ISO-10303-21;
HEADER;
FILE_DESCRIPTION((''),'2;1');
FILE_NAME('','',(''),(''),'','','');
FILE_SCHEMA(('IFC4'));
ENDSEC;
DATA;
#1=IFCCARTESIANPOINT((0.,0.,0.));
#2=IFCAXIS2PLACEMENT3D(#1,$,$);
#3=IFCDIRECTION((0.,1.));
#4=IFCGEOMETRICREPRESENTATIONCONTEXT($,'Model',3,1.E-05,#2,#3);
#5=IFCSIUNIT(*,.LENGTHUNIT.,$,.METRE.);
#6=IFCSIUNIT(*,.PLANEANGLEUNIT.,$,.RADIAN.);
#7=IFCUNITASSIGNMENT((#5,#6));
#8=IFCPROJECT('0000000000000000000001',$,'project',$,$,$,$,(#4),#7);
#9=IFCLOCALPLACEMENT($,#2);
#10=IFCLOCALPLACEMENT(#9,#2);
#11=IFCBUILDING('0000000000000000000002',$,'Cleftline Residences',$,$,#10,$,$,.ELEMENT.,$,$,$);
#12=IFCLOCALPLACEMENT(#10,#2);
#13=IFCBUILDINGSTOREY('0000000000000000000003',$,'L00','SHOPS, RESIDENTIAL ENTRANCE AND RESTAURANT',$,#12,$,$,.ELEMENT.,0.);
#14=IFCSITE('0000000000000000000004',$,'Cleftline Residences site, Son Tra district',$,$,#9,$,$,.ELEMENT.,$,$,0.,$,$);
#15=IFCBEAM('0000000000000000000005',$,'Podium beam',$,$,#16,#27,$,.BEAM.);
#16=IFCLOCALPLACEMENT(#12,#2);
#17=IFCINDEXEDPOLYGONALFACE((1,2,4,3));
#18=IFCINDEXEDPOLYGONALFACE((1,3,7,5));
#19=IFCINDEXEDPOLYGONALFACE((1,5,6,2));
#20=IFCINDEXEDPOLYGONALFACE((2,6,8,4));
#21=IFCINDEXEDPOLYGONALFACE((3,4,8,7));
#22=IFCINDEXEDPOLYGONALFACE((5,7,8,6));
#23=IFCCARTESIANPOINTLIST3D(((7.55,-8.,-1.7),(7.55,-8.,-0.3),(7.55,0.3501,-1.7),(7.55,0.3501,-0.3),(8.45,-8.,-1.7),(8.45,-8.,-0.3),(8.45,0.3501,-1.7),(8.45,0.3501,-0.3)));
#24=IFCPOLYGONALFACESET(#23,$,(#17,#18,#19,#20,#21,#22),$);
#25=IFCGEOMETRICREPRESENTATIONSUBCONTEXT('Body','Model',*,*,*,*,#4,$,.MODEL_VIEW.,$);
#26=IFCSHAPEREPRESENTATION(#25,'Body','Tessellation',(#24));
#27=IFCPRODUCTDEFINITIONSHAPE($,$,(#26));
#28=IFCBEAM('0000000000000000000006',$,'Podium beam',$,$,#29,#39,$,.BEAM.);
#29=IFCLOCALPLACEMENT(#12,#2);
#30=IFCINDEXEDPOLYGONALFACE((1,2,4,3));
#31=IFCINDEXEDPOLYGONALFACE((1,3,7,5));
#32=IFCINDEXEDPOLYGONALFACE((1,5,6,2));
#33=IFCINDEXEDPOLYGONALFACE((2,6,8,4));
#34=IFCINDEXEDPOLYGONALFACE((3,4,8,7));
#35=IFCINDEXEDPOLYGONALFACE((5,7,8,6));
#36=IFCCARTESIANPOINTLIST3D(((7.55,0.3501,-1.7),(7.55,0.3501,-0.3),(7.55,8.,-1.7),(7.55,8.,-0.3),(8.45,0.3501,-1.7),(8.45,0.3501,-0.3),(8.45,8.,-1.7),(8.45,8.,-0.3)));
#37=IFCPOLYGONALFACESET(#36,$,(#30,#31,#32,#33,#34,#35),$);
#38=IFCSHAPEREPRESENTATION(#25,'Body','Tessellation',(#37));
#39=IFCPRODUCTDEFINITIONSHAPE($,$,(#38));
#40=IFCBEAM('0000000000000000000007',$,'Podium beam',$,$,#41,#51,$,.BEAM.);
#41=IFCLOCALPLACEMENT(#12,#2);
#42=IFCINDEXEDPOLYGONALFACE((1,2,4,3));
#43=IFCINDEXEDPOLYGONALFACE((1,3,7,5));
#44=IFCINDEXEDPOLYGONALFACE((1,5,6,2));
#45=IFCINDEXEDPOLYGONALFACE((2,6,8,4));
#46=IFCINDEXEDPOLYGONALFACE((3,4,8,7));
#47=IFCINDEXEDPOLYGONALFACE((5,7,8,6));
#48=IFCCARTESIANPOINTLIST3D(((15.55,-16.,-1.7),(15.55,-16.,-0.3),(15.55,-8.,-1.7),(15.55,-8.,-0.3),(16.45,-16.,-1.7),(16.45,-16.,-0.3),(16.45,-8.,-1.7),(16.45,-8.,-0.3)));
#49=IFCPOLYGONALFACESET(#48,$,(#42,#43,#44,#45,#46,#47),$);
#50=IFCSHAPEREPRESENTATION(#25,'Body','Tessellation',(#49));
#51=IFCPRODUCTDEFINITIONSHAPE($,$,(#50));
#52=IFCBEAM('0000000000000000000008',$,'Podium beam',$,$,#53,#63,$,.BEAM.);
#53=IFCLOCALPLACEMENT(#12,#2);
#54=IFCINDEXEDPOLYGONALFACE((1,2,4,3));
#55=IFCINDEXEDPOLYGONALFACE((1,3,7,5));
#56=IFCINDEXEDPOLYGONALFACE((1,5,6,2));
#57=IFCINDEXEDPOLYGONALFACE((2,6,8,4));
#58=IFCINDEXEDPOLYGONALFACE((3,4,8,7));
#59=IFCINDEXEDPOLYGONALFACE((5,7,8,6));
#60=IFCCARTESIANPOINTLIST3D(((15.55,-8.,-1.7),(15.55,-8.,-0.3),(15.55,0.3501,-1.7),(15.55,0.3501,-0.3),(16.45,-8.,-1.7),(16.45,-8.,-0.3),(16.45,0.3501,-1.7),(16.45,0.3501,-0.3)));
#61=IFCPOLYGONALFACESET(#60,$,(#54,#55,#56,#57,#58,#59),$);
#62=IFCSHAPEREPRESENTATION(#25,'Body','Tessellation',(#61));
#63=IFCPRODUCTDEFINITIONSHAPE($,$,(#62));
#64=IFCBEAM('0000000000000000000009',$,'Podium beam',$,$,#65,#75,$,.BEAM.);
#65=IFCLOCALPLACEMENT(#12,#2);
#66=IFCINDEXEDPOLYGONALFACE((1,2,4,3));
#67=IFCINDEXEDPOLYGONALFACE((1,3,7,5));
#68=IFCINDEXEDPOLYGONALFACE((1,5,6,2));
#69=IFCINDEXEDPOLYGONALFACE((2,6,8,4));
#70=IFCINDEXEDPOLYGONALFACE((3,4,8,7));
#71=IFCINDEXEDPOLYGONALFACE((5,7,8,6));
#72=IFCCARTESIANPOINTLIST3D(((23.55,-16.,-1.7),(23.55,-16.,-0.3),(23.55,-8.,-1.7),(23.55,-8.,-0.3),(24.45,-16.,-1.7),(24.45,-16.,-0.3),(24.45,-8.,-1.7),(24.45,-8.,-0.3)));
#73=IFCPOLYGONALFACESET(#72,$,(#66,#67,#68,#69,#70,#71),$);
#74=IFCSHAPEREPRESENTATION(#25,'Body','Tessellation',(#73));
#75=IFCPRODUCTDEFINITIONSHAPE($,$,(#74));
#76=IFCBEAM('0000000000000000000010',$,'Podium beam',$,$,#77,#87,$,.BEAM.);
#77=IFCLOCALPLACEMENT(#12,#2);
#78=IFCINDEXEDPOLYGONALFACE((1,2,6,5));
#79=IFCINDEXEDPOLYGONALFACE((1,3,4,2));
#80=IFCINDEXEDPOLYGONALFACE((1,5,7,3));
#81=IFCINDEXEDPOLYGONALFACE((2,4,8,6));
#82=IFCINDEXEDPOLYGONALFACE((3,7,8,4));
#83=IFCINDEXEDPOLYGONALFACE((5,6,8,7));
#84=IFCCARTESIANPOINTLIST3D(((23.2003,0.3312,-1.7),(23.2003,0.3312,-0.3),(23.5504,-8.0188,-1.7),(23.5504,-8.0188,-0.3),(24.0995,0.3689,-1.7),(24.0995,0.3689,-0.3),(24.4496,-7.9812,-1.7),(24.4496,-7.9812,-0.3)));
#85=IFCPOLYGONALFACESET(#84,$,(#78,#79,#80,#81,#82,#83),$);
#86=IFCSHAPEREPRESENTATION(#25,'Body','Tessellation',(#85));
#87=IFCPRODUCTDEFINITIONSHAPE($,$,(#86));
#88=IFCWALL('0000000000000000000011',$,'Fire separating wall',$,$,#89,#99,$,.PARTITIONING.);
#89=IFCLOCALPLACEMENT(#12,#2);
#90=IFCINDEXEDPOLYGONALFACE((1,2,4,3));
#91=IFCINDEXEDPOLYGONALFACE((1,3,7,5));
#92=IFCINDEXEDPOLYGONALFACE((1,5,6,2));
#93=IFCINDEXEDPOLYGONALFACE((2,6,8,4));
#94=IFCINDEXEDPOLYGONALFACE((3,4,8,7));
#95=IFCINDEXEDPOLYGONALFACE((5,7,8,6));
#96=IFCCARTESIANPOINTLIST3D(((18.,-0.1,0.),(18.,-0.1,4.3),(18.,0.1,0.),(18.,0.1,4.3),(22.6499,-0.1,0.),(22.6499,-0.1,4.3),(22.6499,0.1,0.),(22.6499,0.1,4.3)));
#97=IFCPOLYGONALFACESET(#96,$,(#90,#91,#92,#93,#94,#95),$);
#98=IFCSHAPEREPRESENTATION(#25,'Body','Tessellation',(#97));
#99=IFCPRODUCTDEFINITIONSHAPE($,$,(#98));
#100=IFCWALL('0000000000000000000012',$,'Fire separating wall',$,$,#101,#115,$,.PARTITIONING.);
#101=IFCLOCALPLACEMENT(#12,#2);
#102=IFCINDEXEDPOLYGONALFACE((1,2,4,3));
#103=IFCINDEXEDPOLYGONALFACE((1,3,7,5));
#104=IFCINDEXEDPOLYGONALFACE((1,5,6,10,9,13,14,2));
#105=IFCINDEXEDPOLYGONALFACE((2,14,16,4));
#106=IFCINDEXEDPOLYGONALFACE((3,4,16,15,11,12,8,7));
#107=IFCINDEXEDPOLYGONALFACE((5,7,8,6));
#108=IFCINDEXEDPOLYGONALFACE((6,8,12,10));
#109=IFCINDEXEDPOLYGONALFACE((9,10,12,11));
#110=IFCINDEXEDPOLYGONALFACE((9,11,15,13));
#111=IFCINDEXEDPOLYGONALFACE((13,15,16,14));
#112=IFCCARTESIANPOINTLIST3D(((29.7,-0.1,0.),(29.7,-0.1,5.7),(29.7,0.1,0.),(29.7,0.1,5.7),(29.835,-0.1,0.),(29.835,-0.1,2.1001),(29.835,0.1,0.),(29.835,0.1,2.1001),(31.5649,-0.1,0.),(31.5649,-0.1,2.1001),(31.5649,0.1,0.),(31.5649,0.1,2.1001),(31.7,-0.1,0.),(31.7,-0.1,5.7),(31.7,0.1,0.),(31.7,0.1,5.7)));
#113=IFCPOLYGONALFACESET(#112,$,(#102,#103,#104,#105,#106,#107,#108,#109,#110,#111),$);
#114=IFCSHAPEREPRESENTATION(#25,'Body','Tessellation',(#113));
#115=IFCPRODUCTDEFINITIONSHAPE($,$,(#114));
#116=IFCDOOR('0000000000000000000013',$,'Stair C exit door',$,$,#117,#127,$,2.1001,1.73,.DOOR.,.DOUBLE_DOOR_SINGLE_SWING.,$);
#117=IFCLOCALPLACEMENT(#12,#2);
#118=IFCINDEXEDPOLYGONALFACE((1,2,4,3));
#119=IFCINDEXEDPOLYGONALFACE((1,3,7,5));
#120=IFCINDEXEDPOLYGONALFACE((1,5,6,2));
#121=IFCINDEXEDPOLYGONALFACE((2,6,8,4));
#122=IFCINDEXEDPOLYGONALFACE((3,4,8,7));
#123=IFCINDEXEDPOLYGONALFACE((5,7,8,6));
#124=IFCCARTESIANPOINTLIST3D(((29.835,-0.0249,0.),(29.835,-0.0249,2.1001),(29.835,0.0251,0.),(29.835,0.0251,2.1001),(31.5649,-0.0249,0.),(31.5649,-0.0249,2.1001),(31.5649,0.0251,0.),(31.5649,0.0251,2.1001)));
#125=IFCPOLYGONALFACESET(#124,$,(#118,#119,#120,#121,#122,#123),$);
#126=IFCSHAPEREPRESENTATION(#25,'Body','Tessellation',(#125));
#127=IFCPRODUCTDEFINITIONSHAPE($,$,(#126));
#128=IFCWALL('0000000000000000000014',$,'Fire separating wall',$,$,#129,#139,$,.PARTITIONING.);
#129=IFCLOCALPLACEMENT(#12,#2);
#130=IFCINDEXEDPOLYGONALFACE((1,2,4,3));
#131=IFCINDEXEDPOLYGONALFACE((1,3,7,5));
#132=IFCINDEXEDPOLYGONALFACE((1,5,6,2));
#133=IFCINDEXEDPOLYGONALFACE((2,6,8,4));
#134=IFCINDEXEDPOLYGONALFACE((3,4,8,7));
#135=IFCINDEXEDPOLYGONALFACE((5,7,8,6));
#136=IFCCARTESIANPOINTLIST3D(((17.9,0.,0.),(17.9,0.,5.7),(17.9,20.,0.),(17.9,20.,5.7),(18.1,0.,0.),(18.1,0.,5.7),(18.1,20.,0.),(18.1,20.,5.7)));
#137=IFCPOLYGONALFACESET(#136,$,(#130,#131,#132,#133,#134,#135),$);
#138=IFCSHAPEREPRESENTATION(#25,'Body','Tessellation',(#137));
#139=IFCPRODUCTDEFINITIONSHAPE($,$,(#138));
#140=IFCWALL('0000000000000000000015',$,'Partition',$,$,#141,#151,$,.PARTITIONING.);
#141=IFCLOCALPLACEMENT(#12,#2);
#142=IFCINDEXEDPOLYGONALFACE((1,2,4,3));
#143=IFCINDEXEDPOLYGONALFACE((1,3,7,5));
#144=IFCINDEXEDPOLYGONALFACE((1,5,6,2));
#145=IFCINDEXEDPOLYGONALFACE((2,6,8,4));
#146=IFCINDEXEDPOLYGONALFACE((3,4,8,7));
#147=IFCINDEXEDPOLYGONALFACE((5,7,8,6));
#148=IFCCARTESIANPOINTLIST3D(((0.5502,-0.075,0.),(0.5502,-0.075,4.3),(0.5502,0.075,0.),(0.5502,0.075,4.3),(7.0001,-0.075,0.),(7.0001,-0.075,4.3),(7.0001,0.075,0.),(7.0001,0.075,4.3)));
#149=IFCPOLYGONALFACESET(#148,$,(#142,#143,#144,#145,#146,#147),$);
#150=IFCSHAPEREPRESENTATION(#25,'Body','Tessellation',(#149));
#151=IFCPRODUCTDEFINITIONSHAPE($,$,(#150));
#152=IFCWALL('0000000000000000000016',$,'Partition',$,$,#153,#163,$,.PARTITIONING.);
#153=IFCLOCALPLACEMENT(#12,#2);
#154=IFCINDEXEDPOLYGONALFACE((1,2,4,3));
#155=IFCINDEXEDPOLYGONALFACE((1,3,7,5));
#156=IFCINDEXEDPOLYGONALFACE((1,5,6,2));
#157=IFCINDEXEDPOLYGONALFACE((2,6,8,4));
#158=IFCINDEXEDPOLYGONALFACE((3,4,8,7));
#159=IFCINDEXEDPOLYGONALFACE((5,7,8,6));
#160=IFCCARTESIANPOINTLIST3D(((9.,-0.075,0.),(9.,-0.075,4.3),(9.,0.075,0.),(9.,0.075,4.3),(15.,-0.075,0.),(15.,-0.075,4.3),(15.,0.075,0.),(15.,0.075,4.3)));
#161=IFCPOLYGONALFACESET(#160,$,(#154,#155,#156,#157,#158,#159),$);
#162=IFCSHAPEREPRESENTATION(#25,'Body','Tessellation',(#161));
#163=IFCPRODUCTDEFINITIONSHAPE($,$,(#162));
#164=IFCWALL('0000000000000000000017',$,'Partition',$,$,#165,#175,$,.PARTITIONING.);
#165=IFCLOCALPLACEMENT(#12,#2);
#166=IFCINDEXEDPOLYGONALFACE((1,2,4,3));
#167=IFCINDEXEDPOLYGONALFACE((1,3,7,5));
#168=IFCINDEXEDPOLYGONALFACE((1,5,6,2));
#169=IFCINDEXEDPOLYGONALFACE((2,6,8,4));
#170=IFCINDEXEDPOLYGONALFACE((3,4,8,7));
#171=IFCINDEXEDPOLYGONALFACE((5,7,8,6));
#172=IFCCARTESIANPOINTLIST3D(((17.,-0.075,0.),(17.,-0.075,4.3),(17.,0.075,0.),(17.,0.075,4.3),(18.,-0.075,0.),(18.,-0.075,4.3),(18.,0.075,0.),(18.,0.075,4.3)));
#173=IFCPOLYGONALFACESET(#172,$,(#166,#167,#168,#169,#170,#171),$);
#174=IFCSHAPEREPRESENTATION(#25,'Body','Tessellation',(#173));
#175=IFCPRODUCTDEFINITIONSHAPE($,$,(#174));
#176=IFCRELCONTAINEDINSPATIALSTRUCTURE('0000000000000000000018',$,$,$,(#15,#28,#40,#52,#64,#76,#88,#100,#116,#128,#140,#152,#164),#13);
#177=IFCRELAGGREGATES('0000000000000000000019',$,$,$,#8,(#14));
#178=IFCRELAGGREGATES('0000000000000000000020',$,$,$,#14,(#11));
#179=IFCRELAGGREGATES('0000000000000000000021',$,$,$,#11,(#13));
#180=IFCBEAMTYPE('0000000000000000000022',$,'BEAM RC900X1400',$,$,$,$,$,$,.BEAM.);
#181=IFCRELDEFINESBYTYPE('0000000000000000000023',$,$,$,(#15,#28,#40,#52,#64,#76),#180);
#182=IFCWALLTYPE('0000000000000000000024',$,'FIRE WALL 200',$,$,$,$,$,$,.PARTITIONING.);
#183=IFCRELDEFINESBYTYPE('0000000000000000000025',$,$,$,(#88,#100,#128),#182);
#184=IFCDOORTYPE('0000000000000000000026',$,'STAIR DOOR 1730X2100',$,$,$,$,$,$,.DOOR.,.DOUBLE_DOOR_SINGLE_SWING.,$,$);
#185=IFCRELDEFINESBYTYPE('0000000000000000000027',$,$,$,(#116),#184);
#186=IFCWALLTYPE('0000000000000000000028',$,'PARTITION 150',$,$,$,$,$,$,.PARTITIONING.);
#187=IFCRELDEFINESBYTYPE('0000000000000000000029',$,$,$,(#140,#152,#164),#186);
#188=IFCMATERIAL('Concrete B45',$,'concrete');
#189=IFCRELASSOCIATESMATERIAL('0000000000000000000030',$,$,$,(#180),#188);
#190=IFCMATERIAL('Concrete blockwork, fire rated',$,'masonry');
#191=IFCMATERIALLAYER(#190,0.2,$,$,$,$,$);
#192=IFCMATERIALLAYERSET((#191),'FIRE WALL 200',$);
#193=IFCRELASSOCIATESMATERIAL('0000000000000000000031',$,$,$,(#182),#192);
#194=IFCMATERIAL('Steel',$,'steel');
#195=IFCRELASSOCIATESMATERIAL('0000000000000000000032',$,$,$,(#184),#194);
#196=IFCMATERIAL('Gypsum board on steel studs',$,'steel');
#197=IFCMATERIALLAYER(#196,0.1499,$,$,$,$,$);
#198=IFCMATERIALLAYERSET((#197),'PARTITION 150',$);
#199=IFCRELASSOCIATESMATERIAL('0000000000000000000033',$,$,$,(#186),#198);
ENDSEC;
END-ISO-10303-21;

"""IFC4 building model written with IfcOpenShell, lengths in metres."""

from ifc_helpers import new_model, si_unit, direction, frame, frame_2d, origin, origin_2d, place, context, subcontext, project, spatial, rectangle, extrude, material, layer, layer_set, material_profile, profile_set, type_object, element, fill, save


model = new_model("IFC4")

# Units and contexts
model_context = context("Model", 3, precision=1e-05, world=origin(), true_north=direction((0.0, 1.0)))
body_context = subcontext(model_context, "Body", "Model", "MODEL_VIEW")
ifc_project = project(units=[si_unit("LENGTHUNIT", "METRE"), si_unit("PLANEANGLEUNIT", "RADIAN")], contexts=[model_context])

# Site, building, storey
site_placement = place(None, origin())
site = spatial("IfcSite", under=ifc_project, at=site_placement, Name="Cleftline Residences site, Son Tra district", CompositionType="ELEMENT", RefElevation=0.0)
building_placement = place(site_placement, origin())
building = spatial("IfcBuilding", under=site, at=building_placement, Name="Cleftline Residences", CompositionType="ELEMENT")
storey_placement = place(building_placement, origin())
storey = spatial("IfcBuildingStorey", under=building, at=storey_placement, Name="L00", Description="SHOPS, RESIDENTIAL ENTRANCE AND RESTAURANT", CompositionType="ELEMENT", Elevation=0.0)

# Beams
ifc_material_1 = material(Name="Concrete B45", Category="concrete")
ifc_material_profile_1 = material_profile(ifc_material_1, rectangle(XDim=0.8999, YDim=1.3999, at=origin_2d()))
ifc_profile_set_1 = profile_set([ifc_material_profile_1], Name="Concrete B45")
beam_type = type_object("IfcBeamType", Name="BEAM RC900X1400", PredefinedType="BEAM", material=ifc_profile_set_1)
beam_1_placement = place(storey_placement, frame((8.0, -8.0, -1.0), z_axis=(0.0, 1.0, 0.0), x_axis=(-1.0, 0.0, 0.0)))
element("IfcBeam", 1, at=beam_1_placement, inside=storey, type_object=beam_type, Name="Podium beam", PredefinedType="BEAM", context=body_context, shape_type="SweptSolid", body=[
    extrude(rectangle(XDim=0.8999, YDim=1.3999, at=origin_2d()), origin(), (0.0, 0.0, 1.0), 8.3501),
])
beam_2_placement = place(storey_placement, frame((8.0, 0.3501, -1.0), z_axis=(0.0, 1.0, 0.0), x_axis=(-1.0, 0.0, 0.0)))
element("IfcBeam", 2, at=beam_2_placement, inside=storey, type_object=beam_type, Name="Podium beam", PredefinedType="BEAM", context=body_context, shape_type="SweptSolid", body=[
    extrude(rectangle(XDim=0.8999, YDim=1.3999, at=origin_2d()), origin(), (0.0, 0.0, 1.0), 7.6499),
])
beam_3_placement = place(storey_placement, frame((16.0, -16.0, -1.0), z_axis=(0.0, 1.0, 0.0), x_axis=(-1.0, 0.0, 0.0)))
element("IfcBeam", 3, at=beam_3_placement, inside=storey, type_object=beam_type, Name="Podium beam", PredefinedType="BEAM", context=body_context, shape_type="SweptSolid", body=[
    extrude(rectangle(XDim=0.8999, YDim=1.3999, at=origin_2d()), origin(), (0.0, 0.0, 1.0), 8.0),
])
beam_4_placement = place(storey_placement, frame((16.0, -8.0, -1.0), z_axis=(0.0, 1.0, 0.0), x_axis=(-1.0, 0.0, 0.0)))
element("IfcBeam", 4, at=beam_4_placement, inside=storey, type_object=beam_type, Name="Podium beam", PredefinedType="BEAM", context=body_context, shape_type="SweptSolid", body=[
    extrude(rectangle(XDim=0.8999, YDim=1.3999, at=origin_2d()), origin(), (0.0, 0.0, 1.0), 8.3501),
])
beam_5_placement = place(storey_placement, frame((24.0, -16.0, -1.0), z_axis=(0.0, 1.0, 0.0), x_axis=(-1.0, 0.0, 0.0)))
element("IfcBeam", 5, at=beam_5_placement, inside=storey, type_object=beam_type, Name="Podium beam", PredefinedType="BEAM", context=body_context, shape_type="SweptSolid", body=[
    extrude(rectangle(XDim=0.8999, YDim=1.3999, at=origin_2d()), origin(), (0.0, 0.0, 1.0), 8.0),
])
beam_6_placement = place(storey_placement, frame((24.0, -8.0, -1.0), z_axis=(-0.041891, 0.999122, 0.0), x_axis=(-0.999122, -0.041891, 0.0)))
element("IfcBeam", 6, at=beam_6_placement, inside=storey, type_object=beam_type, Name="Podium beam", PredefinedType="BEAM", context=body_context, shape_type="SweptSolid", body=[
    extrude(rectangle(XDim=0.8999, YDim=1.3999, at=origin_2d()), origin(), (0.0, 0.0, 1.0), 8.3574),
])

# Wall
ifc_material_2 = material(Name="Concrete blockwork, fire rated", Category="masonry")
ifc_layer_1 = layer(ifc_material_2, 0.2)
ifc_layer_set_1 = layer_set([ifc_layer_1], Name="FIRE WALL 200")
wall_type_1 = type_object("IfcWallType", Name="FIRE WALL 200", PredefinedType="PARTITIONING", material=ifc_layer_set_1)
wall_1_placement = place(storey_placement, frame((18.0, 0.0, 0.0), z_axis=(0.0, 0.0, 1.0), x_axis=(1.0, 0.0, 0.0)))
element("IfcWall", 7, at=wall_1_placement, inside=storey, type_object=wall_type_1, Name="Fire separating wall", PredefinedType="PARTITIONING", context=body_context, shape_type="SweptSolid", body=[
    extrude(rectangle(XDim=4.6499, YDim=0.2, at=frame_2d((2.325, 0.0))), origin(), (0.0, 0.0, 1.0), 4.3),
])

# Wall, opening, door
wall_2_placement = place(storey_placement, frame((29.7, 0.0, 0.0), z_axis=(0.0, 0.0, 1.0), x_axis=(1.0, 0.0, 0.0)))
wall_2 = element("IfcWall", 8, at=wall_2_placement, inside=storey, type_object=wall_type_1, Name="Fire separating wall", PredefinedType="PARTITIONING", context=body_context, shape_type="SweptSolid", body=[
    extrude(rectangle(XDim=2.0, YDim=0.2, at=frame_2d((1.0, 0.0))), origin(), (0.0, 0.0, 1.0), 5.7),
])
opening_1_placement = place(wall_2_placement, frame((1.865, 0.0, 0.0), z_axis=(0.0, 0.0, 1.0), x_axis=(-1.0, 0.0, 0.0)))
opening_1 = element("IfcOpeningElement", 9, at=opening_1_placement, cuts=wall_2, PredefinedType="OPENING", context=body_context, shape_type="SweptSolid", body=[
    extrude(rectangle(XDim=1.73, YDim=2.1001, at=frame_2d((0.865, 1.05))), frame((0.0, 0.1099, 0.0), z_axis=(0.0, -1.0, 0.0), x_axis=(1.0, 0.0, 0.0)), (0.0, 0.0, 1.0), 0.22),
])
ifc_material_3 = material(Name="Steel", Category="steel")
door_type_1 = type_object("IfcDoorType", Name="STAIR DOOR 1730X2100", OperationType="DOUBLE_DOOR_SINGLE_SWING", PredefinedType="DOOR", material=ifc_material_3)
door_1_placement = place(opening_1_placement, origin())
door_1 = element("IfcDoor", 10, at=door_1_placement, inside=storey, type_object=door_type_1, Name="Stair C exit door", OperationType="DOUBLE_DOOR_SINGLE_SWING", OverallHeight=2.1001, OverallWidth=1.73, PredefinedType="DOOR", context=body_context, shape_type="SweptSolid", body=[
    extrude(rectangle(XDim=1.73, YDim=2.1001, at=frame_2d((0.865, 1.05))), frame((0.0, 0.0249, 0.0), z_axis=(0.0, -1.0, 0.0), x_axis=(1.0, 0.0, 0.0)), (0.0, 0.0, 1.0), 0.05),
])
fill(opening_1, door_1)

# Walls
wall_3_placement = place(storey_placement, frame((18.0, 0.0, 0.0), z_axis=(0.0, 0.0, 1.0), x_axis=(0.0, 1.0, 0.0)))
element("IfcWall", 11, at=wall_3_placement, inside=storey, type_object=wall_type_1, Name="Fire separating wall", PredefinedType="PARTITIONING", context=body_context, shape_type="SweptSolid", body=[
    extrude(rectangle(XDim=20.0, YDim=0.2, at=frame_2d((10.0, 0.0))), origin(), (0.0, 0.0, 1.0), 5.7),
])
ifc_material_4 = material(Name="Gypsum board on steel studs", Category="steel")
ifc_layer_2 = layer(ifc_material_4, 0.1499)
ifc_layer_set_2 = layer_set([ifc_layer_2], Name="PARTITION 150")
wall_type_2 = type_object("IfcWallType", Name="PARTITION 150", PredefinedType="PARTITIONING", material=ifc_layer_set_2)
wall_4_placement = place(storey_placement, frame((0.55, 0.0, 0.0), z_axis=(0.0, 0.0, 1.0), x_axis=(1.0, 0.0, 0.0)))
element("IfcWall", 12, at=wall_4_placement, inside=storey, type_object=wall_type_2, Name="Partition", PredefinedType="PARTITIONING", context=body_context, shape_type="SweptSolid", body=[
    extrude(rectangle(XDim=6.45, YDim=0.1499, at=frame_2d((3.2251, 0.0))), origin(), (0.0, 0.0, 1.0), 4.3),
])
wall_5_placement = place(storey_placement, frame((9.0, 0.0, 0.0), z_axis=(0.0, 0.0, 1.0), x_axis=(1.0, 0.0, 0.0)))
element("IfcWall", 13, at=wall_5_placement, inside=storey, type_object=wall_type_2, Name="Partition", PredefinedType="PARTITIONING", context=body_context, shape_type="SweptSolid", body=[
    extrude(rectangle(XDim=6.0, YDim=0.1499, at=frame_2d((3.0, 0.0))), origin(), (0.0, 0.0, 1.0), 4.3),
])
wall_6_placement = place(storey_placement, frame((17.0, 0.0, 0.0), z_axis=(0.0, 0.0, 1.0), x_axis=(1.0, 0.0, 0.0)))
element("IfcWall", 14, at=wall_6_placement, inside=storey, type_object=wall_type_2, Name="Partition", PredefinedType="PARTITIONING", context=body_context, shape_type="SweptSolid", body=[
    extrude(rectangle(XDim=1.0, YDim=0.1499, at=frame_2d((0.5, 0.0))), origin(), (0.0, 0.0, 1.0), 4.3),
])

save(model, "model.ifc")
